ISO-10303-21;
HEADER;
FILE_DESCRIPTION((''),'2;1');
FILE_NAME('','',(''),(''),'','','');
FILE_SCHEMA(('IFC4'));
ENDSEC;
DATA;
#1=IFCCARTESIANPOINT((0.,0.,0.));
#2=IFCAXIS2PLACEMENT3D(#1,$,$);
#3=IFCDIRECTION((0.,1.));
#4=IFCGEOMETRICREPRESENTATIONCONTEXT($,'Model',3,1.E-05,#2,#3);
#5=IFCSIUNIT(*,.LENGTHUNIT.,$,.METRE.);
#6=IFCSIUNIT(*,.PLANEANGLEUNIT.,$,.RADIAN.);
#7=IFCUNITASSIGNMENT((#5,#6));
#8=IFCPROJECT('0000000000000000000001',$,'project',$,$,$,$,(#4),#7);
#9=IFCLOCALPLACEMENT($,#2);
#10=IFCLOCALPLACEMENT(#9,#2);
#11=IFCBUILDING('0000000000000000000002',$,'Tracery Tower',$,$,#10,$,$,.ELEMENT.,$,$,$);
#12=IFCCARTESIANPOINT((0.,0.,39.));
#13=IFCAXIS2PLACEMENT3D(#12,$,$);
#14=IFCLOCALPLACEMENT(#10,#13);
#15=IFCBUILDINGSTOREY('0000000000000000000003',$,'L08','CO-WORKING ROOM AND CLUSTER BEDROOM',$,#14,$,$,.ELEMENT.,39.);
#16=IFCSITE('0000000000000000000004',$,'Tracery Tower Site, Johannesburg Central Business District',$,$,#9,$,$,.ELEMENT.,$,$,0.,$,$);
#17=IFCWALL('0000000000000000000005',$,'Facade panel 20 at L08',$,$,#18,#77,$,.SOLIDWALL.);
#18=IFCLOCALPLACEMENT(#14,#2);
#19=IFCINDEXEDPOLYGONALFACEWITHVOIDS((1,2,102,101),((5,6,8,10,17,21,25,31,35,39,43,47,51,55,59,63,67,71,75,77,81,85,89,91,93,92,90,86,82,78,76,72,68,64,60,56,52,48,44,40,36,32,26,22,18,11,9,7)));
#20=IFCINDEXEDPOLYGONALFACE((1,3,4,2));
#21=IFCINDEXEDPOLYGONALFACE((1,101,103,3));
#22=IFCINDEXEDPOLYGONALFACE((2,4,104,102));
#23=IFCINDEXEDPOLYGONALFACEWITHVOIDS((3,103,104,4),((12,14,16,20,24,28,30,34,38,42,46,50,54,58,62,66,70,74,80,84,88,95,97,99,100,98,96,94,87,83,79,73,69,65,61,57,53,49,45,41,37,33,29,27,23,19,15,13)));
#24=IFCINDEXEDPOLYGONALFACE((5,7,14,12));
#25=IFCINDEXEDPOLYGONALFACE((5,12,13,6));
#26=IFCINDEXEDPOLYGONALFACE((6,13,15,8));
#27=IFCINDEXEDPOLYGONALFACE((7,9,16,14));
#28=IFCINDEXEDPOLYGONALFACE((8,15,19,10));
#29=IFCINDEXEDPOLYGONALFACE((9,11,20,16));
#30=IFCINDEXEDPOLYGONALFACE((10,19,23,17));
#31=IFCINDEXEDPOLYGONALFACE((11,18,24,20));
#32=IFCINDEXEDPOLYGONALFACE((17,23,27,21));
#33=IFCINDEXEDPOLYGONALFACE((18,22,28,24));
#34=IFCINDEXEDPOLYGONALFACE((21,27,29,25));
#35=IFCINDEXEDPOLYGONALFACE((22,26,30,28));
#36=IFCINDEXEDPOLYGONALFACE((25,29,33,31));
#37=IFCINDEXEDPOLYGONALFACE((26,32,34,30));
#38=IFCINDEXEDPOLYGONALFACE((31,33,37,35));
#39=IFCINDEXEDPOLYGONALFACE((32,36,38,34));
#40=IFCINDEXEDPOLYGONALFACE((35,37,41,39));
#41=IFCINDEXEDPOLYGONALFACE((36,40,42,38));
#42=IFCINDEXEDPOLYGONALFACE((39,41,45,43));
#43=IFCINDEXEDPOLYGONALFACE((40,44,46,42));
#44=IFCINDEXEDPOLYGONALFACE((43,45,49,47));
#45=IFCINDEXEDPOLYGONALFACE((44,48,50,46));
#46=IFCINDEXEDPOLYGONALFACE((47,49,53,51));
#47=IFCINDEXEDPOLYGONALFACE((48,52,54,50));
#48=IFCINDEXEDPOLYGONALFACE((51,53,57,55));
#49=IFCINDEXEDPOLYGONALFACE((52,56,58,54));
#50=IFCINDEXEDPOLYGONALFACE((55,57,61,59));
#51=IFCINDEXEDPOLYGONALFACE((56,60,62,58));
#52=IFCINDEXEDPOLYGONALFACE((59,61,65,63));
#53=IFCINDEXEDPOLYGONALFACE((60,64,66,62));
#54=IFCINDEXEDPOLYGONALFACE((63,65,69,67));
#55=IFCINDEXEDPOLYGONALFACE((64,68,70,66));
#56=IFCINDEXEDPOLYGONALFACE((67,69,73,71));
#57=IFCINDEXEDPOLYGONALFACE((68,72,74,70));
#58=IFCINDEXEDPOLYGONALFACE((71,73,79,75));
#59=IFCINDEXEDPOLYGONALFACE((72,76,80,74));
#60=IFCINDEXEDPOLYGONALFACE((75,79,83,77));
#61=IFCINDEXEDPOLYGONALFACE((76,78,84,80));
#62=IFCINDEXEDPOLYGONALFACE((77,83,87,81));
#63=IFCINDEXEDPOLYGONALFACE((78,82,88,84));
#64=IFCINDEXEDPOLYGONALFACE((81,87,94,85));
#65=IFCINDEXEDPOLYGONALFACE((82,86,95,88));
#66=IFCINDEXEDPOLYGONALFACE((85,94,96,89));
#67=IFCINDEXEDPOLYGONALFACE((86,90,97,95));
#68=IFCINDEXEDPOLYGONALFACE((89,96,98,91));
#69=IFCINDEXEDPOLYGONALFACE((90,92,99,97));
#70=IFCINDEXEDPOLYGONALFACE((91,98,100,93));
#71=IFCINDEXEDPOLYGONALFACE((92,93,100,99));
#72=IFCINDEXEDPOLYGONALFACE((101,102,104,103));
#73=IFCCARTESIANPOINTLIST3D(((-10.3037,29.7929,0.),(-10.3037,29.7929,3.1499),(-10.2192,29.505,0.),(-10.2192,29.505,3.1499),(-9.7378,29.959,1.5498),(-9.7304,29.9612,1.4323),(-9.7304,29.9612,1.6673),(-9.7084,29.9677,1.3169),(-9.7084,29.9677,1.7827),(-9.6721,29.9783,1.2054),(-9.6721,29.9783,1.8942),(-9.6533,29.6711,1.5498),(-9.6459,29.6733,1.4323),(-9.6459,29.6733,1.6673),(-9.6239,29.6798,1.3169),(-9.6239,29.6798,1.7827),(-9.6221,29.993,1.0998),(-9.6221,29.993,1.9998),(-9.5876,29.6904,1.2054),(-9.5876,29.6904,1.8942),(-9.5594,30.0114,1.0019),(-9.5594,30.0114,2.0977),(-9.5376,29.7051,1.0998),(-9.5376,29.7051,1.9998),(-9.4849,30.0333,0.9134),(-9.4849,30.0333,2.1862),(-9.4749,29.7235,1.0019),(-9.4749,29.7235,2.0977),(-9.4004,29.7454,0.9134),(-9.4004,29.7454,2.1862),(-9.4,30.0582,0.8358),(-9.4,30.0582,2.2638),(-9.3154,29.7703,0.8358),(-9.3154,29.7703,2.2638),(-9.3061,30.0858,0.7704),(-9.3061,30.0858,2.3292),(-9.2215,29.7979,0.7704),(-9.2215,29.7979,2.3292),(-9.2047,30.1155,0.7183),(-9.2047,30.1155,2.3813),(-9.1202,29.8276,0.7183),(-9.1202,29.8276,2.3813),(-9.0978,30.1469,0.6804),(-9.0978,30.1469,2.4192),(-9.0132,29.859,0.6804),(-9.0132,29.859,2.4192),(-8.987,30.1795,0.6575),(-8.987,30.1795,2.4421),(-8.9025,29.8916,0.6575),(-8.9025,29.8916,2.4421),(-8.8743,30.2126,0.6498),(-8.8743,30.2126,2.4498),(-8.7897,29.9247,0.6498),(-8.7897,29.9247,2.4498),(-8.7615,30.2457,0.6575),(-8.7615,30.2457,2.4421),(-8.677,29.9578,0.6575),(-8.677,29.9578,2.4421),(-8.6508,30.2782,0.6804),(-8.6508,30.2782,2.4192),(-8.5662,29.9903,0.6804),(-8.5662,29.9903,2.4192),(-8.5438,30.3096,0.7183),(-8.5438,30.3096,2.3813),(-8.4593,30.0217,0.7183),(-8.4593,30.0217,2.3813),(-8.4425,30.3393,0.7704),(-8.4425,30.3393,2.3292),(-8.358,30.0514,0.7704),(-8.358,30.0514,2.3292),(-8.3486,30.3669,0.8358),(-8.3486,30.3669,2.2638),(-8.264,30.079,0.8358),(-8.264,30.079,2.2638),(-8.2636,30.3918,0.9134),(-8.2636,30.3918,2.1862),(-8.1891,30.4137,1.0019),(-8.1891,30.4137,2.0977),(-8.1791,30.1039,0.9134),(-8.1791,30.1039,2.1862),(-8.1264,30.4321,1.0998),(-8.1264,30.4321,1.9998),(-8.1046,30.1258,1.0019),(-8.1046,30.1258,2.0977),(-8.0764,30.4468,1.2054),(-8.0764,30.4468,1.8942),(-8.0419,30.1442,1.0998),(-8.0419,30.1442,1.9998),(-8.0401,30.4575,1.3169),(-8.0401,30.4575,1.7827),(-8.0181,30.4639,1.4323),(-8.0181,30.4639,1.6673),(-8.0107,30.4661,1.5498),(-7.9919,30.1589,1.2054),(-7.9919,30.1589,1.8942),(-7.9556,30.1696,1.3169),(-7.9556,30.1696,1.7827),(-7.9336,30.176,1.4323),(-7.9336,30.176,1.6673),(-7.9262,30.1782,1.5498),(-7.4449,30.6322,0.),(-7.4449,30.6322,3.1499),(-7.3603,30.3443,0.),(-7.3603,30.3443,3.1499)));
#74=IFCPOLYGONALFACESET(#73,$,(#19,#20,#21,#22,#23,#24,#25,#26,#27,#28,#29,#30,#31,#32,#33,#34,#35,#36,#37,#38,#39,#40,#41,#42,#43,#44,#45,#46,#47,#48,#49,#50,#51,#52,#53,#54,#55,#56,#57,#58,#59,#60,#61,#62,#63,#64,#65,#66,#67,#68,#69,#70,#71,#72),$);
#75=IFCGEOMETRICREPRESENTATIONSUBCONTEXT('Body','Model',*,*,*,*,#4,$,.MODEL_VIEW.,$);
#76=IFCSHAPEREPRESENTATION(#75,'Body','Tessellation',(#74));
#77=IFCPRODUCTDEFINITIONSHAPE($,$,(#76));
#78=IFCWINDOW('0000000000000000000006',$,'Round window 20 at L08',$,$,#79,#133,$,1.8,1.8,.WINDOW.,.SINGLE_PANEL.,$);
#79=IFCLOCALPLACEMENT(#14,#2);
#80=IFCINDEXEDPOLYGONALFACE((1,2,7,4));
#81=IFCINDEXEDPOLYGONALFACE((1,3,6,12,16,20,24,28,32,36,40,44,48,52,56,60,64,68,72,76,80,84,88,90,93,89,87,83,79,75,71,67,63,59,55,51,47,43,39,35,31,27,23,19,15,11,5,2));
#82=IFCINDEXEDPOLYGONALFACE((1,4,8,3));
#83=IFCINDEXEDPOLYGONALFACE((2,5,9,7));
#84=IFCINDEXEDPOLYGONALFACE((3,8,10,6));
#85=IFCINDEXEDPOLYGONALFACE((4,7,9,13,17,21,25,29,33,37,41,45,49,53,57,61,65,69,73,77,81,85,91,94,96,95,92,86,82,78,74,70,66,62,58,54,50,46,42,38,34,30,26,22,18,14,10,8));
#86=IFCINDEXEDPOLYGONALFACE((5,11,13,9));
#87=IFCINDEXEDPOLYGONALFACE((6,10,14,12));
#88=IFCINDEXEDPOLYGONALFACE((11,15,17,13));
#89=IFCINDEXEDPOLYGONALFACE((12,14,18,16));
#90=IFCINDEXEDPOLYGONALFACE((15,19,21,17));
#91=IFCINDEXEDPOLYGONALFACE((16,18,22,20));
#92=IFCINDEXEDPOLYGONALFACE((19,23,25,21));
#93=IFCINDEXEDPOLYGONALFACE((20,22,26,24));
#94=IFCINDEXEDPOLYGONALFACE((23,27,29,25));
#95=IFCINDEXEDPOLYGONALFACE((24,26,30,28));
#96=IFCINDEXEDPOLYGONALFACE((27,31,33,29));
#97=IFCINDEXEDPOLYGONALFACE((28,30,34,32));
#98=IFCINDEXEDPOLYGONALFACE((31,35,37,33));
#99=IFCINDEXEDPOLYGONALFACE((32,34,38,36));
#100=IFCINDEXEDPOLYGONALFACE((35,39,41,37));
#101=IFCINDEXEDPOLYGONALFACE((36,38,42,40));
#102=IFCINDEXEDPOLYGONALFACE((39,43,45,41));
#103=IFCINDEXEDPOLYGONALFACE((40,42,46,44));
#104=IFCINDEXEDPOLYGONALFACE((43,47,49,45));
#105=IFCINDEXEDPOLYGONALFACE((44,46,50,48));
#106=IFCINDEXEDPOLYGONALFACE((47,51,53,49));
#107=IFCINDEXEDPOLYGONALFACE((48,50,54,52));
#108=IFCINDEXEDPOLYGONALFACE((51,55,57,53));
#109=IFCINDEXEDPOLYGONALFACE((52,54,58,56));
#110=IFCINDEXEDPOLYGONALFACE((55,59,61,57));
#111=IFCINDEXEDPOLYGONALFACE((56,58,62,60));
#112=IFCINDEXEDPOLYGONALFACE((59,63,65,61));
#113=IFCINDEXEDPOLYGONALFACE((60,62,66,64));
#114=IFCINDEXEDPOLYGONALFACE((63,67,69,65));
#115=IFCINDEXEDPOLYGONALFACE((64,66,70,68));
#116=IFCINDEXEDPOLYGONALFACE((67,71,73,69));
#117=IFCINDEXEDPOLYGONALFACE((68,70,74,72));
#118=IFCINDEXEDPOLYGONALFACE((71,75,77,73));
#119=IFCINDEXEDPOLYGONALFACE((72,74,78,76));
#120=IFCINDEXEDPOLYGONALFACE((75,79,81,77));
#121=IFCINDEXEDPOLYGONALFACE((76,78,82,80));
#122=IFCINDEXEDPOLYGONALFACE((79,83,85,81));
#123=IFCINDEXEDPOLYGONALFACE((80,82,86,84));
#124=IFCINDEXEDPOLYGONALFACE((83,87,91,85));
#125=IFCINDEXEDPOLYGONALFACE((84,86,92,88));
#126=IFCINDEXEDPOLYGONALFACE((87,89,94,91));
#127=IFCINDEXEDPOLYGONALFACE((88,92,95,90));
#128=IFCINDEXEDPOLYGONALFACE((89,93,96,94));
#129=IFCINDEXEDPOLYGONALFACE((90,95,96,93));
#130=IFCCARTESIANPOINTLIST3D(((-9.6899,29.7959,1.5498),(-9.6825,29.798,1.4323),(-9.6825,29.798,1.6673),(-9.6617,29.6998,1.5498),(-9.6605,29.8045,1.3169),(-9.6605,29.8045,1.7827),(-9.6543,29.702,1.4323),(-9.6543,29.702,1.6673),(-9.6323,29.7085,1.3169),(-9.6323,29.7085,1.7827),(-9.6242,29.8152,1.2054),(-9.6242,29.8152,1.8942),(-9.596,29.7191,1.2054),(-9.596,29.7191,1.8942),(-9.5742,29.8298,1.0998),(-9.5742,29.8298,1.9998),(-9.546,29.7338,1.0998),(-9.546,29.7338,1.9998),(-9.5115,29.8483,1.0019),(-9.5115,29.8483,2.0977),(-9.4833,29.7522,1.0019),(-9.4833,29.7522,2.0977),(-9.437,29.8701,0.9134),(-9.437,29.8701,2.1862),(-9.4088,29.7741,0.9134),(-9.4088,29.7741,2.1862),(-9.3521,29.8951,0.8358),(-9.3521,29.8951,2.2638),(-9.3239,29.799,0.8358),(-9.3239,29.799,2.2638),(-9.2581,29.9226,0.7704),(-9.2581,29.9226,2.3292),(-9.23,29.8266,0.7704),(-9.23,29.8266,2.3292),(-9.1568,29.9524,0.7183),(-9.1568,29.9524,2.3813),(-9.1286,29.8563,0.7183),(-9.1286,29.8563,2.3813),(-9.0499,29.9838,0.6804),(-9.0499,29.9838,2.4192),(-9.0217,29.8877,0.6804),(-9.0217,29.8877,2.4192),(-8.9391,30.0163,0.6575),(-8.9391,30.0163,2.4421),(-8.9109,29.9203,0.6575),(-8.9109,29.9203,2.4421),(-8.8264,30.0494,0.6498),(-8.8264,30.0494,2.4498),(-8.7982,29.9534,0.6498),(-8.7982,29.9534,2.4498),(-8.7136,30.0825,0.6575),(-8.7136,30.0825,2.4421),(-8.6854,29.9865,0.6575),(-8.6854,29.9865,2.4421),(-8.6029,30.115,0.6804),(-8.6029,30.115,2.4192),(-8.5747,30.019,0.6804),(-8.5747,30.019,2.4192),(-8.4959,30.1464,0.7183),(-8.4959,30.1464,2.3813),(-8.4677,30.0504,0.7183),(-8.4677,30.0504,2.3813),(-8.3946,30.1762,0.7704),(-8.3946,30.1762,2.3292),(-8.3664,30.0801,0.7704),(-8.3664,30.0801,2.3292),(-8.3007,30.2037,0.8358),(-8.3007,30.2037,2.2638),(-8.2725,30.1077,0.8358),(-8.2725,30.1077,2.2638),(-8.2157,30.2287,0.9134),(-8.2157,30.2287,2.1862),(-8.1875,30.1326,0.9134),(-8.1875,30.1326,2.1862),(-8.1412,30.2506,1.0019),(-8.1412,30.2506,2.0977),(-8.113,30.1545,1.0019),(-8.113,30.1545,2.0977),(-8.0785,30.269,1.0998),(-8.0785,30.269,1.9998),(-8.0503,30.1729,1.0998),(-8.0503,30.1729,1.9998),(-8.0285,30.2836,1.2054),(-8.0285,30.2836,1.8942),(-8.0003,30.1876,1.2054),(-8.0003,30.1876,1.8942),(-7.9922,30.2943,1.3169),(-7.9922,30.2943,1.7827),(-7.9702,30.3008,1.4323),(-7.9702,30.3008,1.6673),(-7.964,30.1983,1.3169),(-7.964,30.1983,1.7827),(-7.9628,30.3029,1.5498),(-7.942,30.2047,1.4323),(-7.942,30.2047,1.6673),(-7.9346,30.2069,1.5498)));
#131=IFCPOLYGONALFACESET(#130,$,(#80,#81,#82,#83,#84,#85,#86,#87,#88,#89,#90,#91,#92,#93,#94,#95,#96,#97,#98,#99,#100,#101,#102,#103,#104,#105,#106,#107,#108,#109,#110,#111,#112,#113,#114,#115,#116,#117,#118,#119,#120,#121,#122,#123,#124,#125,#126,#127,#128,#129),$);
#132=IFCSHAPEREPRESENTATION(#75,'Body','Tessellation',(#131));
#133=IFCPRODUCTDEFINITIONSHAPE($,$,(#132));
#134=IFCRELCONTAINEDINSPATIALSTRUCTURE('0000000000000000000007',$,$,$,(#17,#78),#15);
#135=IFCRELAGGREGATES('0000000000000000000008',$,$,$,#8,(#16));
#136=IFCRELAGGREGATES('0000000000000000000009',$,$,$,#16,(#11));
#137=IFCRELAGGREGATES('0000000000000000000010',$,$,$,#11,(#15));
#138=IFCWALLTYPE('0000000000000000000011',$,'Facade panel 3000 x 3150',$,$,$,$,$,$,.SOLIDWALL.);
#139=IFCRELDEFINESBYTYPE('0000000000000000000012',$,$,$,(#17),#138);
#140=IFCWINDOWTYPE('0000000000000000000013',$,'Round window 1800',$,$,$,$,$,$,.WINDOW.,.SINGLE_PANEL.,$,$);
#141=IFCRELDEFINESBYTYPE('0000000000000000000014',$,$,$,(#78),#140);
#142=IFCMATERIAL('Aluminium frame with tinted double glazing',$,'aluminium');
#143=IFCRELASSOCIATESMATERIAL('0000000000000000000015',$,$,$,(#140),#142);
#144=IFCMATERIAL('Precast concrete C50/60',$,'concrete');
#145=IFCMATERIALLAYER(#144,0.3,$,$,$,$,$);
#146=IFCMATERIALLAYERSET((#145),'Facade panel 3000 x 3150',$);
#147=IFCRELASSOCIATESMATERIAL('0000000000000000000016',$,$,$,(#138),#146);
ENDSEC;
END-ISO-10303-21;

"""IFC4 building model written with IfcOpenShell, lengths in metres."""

from ifc_helpers import new_model, si_unit, direction, frame, frame_2d, origin, origin_2d, place, context, subcontext, project, spatial, rectangle, circle, extrude, material, layer, layer_set, type_object, element, fill, save


model = new_model("IFC4")

# Units and contexts
model_context = context("Model", 3, precision=1e-05, world=origin(), true_north=direction((0.0, 1.0)))
body_context = subcontext(model_context, "Body", "Model", "MODEL_VIEW")
ifc_project = project(units=[si_unit("LENGTHUNIT", "METRE"), si_unit("PLANEANGLEUNIT", "RADIAN")], contexts=[model_context])

# Site, building, storey
site_placement = place(None, origin())
site = spatial("IfcSite", under=ifc_project, at=site_placement, Name="Tracery Tower Site, Johannesburg Central Business District", CompositionType="ELEMENT", RefElevation=0.0)
building_placement = place(site_placement, origin())
building = spatial("IfcBuilding", under=site, at=building_placement, Name="Tracery Tower", CompositionType="ELEMENT")
storey_placement = place(building_placement, frame((0.0, 0.0, 39.0)))
storey = spatial("IfcBuildingStorey", under=building, at=storey_placement, Name="L08", Description="CO-WORKING ROOM AND CLUSTER BEDROOM", CompositionType="ELEMENT", Elevation=39.0)

# Wall, opening, window
ifc_material_1 = material(Name="Aluminium frame with tinted double glazing", Category="aluminium")
window_type = type_object("IfcWindowType", Name="Round window 1800", PartitioningType="SINGLE_PANEL", PredefinedType="WINDOW", material=ifc_material_1)
ifc_material_2 = material(Name="Precast concrete C50/60", Category="concrete")
ifc_layer_1 = layer(ifc_material_2, 0.3)
ifc_layer_set_1 = layer_set([ifc_layer_1], Name="Facade panel 3000 x 3150")
wall_type_1 = type_object("IfcWallType", Name="Facade panel 3000 x 3150", PredefinedType="SOLIDWALL", material=ifc_layer_set_1)
wall_1_placement = place(storey_placement, frame((-7.4026, 30.4883, 0.0), z_axis=(0.0, 0.0, 1.0), x_axis=(-0.959501, -0.281705, 0.0)))
wall_1 = element("IfcWall", 1, at=wall_1_placement, inside=storey, type_object=wall_type_1, Name="Facade panel 20 at L08", PredefinedType="SOLIDWALL", context=body_context, shape_type="SweptSolid", body=[
    extrude(rectangle(XDim=2.9795, YDim=0.3, at=frame_2d((1.4897, 0.0))), origin(), (0.0, 0.0, 1.0), 3.1499),
])
opening_1_placement = place(wall_1_placement, frame((1.4897, 0.0, 1.5498)))
opening_1 = element("IfcOpeningElement", 2, at=opening_1_placement, cuts=wall_1, PredefinedType="OPENING", context=body_context, shape_type="SweptSolid", body=[
    extrude(circle(Radius=0.9, at=origin_2d()), frame((0.0, 0.1599, 0.0), z_axis=(0.0, -1.0, 0.0), x_axis=(1.0, 0.0, 0.0)), (0.0, 0.0, 1.0), 0.3201),
])
window_1_placement = place(opening_1_placement, origin())
window_1 = element("IfcWindow", 3, at=window_1_placement, inside=storey, type_object=window_type, Name="Round window 20 at L08", OverallHeight=1.8, OverallWidth=1.8, PartitioningType="SINGLE_PANEL", PredefinedType="WINDOW", context=body_context, shape_type="SweptSolid", body=[
    extrude(circle(Radius=0.9, at=origin_2d()), frame((0.0, 0.1201, 0.0), z_axis=(0.0, -1.0, 0.0), x_axis=(1.0, 0.0, 0.0)), (0.0, 0.0, 1.0), 0.1001),
])
fill(opening_1, window_1)

save(model, "model.ifc")
